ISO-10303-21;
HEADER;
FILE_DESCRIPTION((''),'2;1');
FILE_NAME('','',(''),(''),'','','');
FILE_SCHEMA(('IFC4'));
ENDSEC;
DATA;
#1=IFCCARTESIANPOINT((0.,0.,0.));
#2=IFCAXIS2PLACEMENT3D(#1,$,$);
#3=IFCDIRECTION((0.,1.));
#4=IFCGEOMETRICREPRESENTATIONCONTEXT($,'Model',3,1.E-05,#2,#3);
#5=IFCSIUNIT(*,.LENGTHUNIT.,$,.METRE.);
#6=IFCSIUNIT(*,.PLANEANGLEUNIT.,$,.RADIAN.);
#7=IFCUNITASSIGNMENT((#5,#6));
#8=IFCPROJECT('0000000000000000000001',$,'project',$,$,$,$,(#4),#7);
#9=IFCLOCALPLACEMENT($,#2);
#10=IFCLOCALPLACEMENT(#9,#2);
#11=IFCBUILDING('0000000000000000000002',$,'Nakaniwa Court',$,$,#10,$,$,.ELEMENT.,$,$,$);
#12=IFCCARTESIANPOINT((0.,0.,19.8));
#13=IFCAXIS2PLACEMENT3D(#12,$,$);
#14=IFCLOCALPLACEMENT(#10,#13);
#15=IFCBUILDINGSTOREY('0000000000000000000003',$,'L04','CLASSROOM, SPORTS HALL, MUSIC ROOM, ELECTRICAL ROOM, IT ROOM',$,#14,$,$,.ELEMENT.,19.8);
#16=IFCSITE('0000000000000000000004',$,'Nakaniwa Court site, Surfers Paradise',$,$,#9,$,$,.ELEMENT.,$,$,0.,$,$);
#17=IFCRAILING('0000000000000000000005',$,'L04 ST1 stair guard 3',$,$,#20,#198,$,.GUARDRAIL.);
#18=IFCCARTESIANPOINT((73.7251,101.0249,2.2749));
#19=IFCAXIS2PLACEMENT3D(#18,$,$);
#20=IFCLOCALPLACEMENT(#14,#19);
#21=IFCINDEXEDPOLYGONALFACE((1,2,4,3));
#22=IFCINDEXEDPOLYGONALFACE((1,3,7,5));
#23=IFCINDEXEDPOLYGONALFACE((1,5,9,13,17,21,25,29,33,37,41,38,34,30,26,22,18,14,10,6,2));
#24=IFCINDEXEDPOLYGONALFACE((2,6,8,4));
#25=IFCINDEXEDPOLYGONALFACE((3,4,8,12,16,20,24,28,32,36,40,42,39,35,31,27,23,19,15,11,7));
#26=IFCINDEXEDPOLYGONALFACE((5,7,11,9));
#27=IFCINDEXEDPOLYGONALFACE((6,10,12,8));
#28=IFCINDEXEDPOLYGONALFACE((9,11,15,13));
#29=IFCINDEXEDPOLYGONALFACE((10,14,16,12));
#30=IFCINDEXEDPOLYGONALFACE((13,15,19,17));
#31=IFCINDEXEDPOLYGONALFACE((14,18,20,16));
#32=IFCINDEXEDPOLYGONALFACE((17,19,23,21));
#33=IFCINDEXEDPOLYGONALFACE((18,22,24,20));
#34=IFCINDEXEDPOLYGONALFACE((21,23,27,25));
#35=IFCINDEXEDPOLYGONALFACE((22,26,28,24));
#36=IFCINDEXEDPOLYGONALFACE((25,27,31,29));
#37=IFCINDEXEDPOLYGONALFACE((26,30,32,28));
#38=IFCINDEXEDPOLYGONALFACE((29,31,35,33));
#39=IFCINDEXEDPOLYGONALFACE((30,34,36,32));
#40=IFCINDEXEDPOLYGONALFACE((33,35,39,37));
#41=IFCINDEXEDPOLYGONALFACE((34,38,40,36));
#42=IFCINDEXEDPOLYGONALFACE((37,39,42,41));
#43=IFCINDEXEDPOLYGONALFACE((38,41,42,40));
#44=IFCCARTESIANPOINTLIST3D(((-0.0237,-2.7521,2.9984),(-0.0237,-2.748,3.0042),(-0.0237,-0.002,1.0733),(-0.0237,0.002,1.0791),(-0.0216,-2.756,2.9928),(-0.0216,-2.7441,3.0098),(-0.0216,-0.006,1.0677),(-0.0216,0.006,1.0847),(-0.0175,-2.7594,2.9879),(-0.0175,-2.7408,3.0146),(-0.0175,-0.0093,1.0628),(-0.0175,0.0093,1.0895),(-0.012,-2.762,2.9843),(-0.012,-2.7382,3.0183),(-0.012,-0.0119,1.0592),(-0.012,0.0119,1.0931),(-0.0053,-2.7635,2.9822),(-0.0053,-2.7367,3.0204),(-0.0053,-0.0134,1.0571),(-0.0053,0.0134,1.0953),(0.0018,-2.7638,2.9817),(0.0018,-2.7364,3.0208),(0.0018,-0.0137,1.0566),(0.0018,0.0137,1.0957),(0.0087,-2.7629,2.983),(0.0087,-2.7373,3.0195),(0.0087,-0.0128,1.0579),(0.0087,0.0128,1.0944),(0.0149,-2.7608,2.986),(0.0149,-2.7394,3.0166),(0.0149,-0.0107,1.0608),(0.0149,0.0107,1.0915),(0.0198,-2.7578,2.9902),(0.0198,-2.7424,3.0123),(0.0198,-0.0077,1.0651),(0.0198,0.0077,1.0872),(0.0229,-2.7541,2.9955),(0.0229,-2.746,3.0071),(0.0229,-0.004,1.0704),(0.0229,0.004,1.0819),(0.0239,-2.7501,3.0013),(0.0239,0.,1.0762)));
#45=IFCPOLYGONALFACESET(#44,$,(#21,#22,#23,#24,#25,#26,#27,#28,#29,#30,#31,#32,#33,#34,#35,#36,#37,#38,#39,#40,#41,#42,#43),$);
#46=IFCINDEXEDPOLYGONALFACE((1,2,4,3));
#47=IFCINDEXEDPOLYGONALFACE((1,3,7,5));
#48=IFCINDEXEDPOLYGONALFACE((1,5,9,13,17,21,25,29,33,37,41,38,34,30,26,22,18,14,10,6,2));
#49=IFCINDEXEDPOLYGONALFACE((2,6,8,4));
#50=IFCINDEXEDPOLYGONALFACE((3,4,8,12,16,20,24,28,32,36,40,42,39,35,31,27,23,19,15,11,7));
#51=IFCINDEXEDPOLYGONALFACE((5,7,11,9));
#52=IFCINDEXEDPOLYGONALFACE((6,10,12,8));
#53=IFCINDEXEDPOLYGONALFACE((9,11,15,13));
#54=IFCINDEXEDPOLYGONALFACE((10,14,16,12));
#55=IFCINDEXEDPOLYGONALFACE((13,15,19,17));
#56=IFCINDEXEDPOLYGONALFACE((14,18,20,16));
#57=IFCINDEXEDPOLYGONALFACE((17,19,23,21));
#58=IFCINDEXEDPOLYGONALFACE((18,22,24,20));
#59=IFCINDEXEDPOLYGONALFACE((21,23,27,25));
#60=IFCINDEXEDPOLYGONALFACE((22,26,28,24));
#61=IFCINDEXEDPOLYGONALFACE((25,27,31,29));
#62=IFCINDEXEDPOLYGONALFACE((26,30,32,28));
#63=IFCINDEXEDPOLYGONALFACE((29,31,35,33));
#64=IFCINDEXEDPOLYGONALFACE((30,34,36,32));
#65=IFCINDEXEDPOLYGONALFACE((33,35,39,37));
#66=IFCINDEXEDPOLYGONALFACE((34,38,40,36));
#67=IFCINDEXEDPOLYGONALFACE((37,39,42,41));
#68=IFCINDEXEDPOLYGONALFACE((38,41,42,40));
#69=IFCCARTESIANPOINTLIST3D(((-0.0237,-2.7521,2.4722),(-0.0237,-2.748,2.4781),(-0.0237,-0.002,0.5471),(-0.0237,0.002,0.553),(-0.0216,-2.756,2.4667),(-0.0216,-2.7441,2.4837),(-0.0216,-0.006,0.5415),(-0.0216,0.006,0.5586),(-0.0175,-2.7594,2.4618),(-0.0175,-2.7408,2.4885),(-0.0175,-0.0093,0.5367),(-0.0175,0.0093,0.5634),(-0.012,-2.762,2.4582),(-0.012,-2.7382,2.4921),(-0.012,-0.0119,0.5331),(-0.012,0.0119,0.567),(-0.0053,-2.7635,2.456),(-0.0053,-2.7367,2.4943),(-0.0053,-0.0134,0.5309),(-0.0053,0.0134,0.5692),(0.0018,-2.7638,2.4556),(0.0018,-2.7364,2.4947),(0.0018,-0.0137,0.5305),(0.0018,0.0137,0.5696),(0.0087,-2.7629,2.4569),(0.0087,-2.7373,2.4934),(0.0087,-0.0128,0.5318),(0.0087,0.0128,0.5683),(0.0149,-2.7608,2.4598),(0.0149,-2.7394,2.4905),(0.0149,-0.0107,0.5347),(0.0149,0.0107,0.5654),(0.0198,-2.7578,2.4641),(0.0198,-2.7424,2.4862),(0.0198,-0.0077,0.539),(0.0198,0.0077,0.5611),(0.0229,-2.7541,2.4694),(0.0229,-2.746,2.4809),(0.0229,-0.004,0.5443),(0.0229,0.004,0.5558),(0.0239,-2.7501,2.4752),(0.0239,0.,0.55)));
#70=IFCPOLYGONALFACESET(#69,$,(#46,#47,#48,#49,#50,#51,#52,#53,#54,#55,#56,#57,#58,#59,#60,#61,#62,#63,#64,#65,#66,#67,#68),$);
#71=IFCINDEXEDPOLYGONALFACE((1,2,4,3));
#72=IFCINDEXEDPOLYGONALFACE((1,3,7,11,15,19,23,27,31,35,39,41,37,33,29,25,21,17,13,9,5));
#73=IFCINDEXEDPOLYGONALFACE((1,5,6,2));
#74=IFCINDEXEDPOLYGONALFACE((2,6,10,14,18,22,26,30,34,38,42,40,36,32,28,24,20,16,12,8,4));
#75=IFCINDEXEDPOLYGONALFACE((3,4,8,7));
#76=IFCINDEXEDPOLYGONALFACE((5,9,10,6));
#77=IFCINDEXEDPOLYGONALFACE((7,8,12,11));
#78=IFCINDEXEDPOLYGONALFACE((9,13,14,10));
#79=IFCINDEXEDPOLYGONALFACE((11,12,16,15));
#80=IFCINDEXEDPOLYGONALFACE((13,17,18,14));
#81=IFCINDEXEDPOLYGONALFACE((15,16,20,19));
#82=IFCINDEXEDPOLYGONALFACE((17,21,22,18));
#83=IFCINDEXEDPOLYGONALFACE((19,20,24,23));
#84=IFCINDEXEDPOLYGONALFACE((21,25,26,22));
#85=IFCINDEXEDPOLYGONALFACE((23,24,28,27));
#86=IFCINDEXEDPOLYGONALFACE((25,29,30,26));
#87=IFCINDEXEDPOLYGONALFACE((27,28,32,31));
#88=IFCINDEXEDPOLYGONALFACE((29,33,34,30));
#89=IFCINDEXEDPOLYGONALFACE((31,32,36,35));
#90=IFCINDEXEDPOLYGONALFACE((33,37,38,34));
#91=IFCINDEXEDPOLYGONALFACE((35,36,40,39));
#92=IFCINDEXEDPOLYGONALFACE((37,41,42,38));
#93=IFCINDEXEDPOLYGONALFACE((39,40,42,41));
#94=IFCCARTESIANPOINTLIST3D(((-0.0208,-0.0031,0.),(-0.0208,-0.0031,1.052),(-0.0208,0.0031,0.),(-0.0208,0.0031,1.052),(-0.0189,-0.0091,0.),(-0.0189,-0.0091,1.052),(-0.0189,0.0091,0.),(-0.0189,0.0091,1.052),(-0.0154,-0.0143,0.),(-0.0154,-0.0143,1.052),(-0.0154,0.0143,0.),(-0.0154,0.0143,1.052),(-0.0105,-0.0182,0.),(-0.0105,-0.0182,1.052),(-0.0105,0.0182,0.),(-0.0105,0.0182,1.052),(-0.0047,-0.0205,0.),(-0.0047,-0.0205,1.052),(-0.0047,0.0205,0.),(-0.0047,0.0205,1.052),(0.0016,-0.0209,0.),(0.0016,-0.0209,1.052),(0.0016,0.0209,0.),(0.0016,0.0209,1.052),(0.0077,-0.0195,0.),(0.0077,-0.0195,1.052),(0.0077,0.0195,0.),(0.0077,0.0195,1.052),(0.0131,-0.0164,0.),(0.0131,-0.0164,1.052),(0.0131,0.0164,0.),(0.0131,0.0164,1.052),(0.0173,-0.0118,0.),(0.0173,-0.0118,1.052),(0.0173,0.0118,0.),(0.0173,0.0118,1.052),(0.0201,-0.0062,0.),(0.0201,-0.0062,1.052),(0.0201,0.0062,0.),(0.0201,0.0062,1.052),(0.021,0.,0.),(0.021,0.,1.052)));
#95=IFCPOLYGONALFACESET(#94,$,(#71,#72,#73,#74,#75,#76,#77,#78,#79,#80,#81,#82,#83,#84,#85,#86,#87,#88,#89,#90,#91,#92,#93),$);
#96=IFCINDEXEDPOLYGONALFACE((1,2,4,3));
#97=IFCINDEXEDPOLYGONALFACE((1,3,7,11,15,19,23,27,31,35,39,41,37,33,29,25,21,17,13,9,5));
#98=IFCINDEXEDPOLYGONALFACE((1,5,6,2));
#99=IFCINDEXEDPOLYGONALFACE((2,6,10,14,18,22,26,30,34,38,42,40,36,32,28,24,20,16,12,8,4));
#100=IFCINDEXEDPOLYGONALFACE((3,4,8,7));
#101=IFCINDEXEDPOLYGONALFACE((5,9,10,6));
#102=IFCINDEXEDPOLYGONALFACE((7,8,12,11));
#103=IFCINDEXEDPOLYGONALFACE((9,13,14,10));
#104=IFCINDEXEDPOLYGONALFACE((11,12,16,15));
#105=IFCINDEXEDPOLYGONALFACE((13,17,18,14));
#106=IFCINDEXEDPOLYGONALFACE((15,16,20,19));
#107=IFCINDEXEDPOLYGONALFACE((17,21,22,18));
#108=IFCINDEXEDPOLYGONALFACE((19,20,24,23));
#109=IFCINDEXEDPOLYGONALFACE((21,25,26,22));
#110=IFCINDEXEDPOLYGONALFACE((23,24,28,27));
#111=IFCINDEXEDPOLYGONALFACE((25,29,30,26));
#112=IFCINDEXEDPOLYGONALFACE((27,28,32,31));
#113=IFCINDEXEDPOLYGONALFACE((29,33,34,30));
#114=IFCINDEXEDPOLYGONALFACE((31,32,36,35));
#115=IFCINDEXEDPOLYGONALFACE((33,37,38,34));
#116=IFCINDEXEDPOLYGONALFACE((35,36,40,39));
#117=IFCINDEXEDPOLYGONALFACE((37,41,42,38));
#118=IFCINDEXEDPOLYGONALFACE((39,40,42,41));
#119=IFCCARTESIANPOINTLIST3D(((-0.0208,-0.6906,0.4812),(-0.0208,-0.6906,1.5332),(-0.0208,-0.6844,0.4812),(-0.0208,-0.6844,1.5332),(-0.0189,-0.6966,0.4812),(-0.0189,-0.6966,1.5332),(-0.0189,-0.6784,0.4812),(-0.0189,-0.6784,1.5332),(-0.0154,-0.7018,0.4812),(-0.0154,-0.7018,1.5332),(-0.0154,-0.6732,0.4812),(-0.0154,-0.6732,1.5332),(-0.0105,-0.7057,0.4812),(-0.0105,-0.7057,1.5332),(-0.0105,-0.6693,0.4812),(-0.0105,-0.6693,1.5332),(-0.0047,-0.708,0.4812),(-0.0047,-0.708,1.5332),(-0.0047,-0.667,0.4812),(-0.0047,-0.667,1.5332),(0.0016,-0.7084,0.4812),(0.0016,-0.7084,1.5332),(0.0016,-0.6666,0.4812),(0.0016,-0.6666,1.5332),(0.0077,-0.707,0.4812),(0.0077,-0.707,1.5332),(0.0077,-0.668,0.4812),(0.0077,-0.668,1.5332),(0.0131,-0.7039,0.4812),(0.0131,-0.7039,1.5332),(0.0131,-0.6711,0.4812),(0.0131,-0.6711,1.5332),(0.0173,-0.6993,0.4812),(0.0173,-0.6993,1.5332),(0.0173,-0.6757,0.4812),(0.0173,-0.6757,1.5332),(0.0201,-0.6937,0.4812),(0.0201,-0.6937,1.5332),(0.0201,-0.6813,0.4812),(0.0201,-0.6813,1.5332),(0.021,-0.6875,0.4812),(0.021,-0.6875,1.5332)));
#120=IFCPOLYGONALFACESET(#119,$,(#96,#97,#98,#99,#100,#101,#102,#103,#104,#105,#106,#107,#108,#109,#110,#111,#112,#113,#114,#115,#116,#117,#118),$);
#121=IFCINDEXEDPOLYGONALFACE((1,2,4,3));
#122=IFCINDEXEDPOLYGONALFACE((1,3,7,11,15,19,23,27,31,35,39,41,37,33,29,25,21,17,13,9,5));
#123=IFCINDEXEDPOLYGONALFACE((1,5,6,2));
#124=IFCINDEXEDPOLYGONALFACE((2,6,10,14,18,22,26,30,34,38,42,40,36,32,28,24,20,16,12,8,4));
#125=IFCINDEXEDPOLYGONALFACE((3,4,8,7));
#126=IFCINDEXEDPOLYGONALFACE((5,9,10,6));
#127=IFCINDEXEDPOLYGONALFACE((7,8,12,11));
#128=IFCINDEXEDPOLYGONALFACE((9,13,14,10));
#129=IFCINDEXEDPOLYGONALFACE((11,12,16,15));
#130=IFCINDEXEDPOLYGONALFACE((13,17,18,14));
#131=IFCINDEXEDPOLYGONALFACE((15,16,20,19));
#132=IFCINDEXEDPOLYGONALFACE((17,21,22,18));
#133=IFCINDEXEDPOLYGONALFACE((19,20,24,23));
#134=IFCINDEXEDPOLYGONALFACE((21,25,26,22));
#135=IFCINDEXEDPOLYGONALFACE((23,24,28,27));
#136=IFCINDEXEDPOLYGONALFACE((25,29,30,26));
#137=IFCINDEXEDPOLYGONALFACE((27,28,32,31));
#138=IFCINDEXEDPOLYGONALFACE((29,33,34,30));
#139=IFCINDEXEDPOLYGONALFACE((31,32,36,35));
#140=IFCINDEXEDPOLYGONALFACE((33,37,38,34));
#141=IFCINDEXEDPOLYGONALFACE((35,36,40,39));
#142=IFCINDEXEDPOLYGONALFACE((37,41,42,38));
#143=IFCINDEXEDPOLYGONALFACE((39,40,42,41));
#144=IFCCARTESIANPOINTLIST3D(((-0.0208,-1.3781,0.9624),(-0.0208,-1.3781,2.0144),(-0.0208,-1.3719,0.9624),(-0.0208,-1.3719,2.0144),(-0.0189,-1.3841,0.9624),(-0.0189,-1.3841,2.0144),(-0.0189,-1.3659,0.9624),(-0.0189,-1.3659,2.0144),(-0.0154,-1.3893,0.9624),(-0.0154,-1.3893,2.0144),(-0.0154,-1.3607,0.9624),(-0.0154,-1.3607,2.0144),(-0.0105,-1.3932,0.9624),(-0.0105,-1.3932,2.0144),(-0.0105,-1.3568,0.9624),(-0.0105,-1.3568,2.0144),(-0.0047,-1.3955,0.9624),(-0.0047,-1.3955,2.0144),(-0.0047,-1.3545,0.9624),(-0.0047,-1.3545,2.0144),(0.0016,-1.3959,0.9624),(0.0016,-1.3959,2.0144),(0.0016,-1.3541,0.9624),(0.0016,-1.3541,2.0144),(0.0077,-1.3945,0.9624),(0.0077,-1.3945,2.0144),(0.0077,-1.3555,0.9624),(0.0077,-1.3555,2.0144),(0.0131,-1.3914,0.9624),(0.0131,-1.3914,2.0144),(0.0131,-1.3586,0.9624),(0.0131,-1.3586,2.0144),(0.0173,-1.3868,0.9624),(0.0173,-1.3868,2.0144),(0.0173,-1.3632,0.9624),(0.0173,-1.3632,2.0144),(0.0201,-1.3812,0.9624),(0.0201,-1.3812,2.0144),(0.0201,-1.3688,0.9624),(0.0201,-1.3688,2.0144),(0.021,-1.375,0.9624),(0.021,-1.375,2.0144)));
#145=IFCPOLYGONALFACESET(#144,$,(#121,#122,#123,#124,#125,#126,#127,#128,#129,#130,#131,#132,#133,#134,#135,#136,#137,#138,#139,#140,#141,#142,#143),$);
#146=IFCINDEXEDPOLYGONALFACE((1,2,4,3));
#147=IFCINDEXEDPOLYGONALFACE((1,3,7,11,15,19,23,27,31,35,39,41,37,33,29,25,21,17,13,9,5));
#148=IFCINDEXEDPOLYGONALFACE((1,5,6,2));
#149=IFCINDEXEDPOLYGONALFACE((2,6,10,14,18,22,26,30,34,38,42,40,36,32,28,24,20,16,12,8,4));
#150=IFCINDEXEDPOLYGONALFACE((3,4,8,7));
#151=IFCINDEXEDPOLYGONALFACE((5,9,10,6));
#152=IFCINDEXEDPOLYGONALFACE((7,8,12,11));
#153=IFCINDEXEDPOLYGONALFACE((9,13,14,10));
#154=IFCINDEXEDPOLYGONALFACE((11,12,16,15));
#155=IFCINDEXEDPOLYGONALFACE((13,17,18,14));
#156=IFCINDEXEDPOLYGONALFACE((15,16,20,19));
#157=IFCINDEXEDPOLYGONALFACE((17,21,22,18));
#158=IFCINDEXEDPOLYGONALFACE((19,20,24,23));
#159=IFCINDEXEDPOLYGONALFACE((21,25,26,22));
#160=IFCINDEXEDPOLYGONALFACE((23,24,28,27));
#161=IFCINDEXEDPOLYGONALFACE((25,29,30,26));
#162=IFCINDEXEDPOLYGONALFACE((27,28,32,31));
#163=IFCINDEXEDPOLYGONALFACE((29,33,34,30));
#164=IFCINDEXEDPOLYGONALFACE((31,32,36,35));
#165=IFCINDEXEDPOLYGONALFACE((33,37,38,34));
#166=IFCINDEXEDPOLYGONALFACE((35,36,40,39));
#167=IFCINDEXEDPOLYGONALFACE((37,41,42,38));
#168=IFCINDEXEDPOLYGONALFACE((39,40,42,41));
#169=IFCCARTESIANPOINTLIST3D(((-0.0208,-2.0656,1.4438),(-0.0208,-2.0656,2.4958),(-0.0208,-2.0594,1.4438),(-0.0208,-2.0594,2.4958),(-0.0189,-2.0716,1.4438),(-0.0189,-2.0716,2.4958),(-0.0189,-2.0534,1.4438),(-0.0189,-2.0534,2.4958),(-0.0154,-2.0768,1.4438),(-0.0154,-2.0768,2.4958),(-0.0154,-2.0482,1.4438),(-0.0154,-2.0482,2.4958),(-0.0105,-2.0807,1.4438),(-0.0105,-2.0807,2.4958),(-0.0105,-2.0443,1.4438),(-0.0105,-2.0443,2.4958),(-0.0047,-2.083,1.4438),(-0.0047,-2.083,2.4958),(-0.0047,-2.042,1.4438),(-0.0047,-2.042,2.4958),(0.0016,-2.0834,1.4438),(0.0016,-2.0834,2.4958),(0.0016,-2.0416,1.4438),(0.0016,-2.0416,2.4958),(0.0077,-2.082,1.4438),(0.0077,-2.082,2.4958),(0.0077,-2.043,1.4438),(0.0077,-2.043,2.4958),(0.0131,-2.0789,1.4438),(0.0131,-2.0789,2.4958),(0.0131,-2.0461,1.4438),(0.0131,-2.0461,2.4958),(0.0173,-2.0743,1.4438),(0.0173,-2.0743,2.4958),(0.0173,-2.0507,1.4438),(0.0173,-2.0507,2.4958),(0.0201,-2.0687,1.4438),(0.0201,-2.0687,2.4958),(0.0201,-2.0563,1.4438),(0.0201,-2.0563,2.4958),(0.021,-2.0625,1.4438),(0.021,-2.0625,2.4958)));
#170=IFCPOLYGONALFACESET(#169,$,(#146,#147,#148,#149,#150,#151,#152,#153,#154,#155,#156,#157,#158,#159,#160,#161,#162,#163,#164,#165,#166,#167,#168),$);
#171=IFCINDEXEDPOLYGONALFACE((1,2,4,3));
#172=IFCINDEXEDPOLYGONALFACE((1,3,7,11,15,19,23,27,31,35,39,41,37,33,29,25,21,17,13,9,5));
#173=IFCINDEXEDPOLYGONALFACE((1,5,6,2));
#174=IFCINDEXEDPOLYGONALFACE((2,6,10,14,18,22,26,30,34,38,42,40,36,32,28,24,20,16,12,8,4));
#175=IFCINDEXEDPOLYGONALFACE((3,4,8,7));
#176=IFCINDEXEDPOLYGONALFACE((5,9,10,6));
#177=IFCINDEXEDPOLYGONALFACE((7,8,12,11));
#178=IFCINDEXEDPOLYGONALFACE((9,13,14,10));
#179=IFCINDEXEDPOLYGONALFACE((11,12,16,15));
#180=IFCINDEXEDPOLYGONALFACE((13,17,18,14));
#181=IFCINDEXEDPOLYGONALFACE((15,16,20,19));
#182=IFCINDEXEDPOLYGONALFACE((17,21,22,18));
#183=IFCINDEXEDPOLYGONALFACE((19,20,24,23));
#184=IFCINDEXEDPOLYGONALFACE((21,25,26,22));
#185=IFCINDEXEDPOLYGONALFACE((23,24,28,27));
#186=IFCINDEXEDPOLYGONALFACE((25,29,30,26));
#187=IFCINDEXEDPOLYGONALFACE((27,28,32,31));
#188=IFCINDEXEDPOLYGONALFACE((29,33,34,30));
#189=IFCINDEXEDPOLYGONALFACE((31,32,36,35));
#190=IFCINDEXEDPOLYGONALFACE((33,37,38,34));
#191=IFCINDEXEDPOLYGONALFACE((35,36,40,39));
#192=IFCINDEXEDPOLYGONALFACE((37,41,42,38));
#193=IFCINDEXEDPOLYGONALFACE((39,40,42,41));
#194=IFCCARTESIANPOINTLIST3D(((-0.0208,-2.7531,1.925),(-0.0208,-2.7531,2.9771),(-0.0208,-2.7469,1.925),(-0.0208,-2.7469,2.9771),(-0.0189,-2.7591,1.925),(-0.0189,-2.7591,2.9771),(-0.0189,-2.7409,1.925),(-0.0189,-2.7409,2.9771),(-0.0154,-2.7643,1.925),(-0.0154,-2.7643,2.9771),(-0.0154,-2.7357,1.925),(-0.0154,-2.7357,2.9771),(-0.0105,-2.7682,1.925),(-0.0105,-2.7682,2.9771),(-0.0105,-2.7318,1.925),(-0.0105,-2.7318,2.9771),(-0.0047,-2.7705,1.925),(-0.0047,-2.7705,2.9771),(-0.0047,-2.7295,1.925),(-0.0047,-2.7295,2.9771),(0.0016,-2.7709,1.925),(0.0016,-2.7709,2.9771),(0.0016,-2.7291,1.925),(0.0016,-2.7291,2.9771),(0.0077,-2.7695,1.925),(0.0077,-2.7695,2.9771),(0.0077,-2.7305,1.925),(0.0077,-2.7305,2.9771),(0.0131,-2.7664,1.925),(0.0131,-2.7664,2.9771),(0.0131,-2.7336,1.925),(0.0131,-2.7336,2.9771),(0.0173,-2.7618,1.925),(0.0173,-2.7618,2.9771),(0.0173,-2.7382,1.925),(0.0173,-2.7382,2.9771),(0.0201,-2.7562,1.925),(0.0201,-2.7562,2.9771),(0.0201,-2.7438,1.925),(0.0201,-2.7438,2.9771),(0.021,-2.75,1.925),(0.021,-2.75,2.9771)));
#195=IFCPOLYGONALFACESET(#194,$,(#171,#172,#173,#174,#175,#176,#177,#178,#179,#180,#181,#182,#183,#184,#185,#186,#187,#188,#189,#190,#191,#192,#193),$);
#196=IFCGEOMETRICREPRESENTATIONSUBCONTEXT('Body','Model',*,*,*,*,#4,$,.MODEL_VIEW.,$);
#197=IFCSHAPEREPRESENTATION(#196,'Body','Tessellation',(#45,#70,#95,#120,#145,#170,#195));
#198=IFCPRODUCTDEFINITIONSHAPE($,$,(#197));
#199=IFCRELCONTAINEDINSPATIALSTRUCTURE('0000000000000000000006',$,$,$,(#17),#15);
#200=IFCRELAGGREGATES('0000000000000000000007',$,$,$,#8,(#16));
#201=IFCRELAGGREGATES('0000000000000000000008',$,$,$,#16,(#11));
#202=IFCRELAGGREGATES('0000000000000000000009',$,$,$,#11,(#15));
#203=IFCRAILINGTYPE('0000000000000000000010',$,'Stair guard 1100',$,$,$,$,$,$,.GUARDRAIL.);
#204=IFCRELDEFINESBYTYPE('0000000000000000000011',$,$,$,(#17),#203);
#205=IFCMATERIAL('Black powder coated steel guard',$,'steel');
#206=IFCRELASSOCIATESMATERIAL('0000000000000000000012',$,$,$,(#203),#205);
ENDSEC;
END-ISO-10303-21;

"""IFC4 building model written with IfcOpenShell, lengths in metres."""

from ifc_helpers import new_model, si_unit, direction, frame, origin, origin_2d, place, context, subcontext, project, spatial, circle, extrude, material, type_object, element, save


model = new_model("IFC4")

# Units and contexts
model_context = context("Model", 3, precision=1e-05, world=origin(), true_north=direction((0.0, 1.0)))
body_context = subcontext(model_context, "Body", "Model", "MODEL_VIEW")
ifc_project = project(units=[si_unit("LENGTHUNIT", "METRE"), si_unit("PLANEANGLEUNIT", "RADIAN")], contexts=[model_context])

# Site, building, storey
site_placement = place(None, origin())
site = spatial("IfcSite", under=ifc_project, at=site_placement, Name="Nakaniwa Court site, Surfers Paradise", CompositionType="ELEMENT", RefElevation=0.0)
building_placement = place(site_placement, origin())
building = spatial("IfcBuilding", under=site, at=building_placement, Name="Nakaniwa Court", CompositionType="ELEMENT")
storey_placement = place(building_placement, frame((0.0, 0.0, 19.8)))
storey = spatial("IfcBuildingStorey", under=building, at=storey_placement, Name="L04", Description="CLASSROOM, SPORTS HALL, MUSIC ROOM, ELECTRICAL ROOM, IT ROOM", CompositionType="ELEMENT", Elevation=19.8)

# Railing
ifc_material_1 = material(Name="Black powder coated steel guard", Category="steel")
railing_type_1 = type_object("IfcRailingType", Name="Stair guard 1100", PredefinedType="GUARDRAIL", material=ifc_material_1)
railing_1_placement = place(storey_placement, frame((73.7251, 101.0249, 2.2749)))
element("IfcRailing", 1, at=railing_1_placement, inside=storey, type_object=railing_type_1, Name="L04 ST1 stair guard 3", PredefinedType="GUARDRAIL", context=body_context, shape_type="SweptSolid", body=[
    extrude(circle(Radius=0.0239, at=origin_2d()), frame((0.0, 0.0, 1.0762), z_axis=(0.0, -0.819225, 0.573472), x_axis=(1.0, 0.0, 0.0)), (0.0, 0.0, 1.0), 3.3569),
    extrude(circle(Radius=0.0239, at=origin_2d()), frame((0.0, 0.0, 0.55), z_axis=(0.0, -0.819225, 0.573472), x_axis=(1.0, 0.0, 0.0)), (0.0, 0.0, 1.0), 3.3569),
    extrude(circle(Radius=0.021, at=origin_2d()), origin(), (0.0, 0.0, 1.0), 1.052),
    extrude(circle(Radius=0.021, at=origin_2d()), frame((0.0, -0.6875, 0.4812)), (0.0, 0.0, 1.0), 1.052),
    extrude(circle(Radius=0.021, at=origin_2d()), frame((0.0, -1.375, 0.9624)), (0.0, 0.0, 1.0), 1.052),
    extrude(circle(Radius=0.021, at=origin_2d()), frame((0.0, -2.0625, 1.4438)), (0.0, 0.0, 1.0), 1.052),
    extrude(circle(Radius=0.021, at=origin_2d()), frame((0.0, -2.75, 1.925)), (0.0, 0.0, 1.0), 1.052),
])

save(model, "model.ifc")
